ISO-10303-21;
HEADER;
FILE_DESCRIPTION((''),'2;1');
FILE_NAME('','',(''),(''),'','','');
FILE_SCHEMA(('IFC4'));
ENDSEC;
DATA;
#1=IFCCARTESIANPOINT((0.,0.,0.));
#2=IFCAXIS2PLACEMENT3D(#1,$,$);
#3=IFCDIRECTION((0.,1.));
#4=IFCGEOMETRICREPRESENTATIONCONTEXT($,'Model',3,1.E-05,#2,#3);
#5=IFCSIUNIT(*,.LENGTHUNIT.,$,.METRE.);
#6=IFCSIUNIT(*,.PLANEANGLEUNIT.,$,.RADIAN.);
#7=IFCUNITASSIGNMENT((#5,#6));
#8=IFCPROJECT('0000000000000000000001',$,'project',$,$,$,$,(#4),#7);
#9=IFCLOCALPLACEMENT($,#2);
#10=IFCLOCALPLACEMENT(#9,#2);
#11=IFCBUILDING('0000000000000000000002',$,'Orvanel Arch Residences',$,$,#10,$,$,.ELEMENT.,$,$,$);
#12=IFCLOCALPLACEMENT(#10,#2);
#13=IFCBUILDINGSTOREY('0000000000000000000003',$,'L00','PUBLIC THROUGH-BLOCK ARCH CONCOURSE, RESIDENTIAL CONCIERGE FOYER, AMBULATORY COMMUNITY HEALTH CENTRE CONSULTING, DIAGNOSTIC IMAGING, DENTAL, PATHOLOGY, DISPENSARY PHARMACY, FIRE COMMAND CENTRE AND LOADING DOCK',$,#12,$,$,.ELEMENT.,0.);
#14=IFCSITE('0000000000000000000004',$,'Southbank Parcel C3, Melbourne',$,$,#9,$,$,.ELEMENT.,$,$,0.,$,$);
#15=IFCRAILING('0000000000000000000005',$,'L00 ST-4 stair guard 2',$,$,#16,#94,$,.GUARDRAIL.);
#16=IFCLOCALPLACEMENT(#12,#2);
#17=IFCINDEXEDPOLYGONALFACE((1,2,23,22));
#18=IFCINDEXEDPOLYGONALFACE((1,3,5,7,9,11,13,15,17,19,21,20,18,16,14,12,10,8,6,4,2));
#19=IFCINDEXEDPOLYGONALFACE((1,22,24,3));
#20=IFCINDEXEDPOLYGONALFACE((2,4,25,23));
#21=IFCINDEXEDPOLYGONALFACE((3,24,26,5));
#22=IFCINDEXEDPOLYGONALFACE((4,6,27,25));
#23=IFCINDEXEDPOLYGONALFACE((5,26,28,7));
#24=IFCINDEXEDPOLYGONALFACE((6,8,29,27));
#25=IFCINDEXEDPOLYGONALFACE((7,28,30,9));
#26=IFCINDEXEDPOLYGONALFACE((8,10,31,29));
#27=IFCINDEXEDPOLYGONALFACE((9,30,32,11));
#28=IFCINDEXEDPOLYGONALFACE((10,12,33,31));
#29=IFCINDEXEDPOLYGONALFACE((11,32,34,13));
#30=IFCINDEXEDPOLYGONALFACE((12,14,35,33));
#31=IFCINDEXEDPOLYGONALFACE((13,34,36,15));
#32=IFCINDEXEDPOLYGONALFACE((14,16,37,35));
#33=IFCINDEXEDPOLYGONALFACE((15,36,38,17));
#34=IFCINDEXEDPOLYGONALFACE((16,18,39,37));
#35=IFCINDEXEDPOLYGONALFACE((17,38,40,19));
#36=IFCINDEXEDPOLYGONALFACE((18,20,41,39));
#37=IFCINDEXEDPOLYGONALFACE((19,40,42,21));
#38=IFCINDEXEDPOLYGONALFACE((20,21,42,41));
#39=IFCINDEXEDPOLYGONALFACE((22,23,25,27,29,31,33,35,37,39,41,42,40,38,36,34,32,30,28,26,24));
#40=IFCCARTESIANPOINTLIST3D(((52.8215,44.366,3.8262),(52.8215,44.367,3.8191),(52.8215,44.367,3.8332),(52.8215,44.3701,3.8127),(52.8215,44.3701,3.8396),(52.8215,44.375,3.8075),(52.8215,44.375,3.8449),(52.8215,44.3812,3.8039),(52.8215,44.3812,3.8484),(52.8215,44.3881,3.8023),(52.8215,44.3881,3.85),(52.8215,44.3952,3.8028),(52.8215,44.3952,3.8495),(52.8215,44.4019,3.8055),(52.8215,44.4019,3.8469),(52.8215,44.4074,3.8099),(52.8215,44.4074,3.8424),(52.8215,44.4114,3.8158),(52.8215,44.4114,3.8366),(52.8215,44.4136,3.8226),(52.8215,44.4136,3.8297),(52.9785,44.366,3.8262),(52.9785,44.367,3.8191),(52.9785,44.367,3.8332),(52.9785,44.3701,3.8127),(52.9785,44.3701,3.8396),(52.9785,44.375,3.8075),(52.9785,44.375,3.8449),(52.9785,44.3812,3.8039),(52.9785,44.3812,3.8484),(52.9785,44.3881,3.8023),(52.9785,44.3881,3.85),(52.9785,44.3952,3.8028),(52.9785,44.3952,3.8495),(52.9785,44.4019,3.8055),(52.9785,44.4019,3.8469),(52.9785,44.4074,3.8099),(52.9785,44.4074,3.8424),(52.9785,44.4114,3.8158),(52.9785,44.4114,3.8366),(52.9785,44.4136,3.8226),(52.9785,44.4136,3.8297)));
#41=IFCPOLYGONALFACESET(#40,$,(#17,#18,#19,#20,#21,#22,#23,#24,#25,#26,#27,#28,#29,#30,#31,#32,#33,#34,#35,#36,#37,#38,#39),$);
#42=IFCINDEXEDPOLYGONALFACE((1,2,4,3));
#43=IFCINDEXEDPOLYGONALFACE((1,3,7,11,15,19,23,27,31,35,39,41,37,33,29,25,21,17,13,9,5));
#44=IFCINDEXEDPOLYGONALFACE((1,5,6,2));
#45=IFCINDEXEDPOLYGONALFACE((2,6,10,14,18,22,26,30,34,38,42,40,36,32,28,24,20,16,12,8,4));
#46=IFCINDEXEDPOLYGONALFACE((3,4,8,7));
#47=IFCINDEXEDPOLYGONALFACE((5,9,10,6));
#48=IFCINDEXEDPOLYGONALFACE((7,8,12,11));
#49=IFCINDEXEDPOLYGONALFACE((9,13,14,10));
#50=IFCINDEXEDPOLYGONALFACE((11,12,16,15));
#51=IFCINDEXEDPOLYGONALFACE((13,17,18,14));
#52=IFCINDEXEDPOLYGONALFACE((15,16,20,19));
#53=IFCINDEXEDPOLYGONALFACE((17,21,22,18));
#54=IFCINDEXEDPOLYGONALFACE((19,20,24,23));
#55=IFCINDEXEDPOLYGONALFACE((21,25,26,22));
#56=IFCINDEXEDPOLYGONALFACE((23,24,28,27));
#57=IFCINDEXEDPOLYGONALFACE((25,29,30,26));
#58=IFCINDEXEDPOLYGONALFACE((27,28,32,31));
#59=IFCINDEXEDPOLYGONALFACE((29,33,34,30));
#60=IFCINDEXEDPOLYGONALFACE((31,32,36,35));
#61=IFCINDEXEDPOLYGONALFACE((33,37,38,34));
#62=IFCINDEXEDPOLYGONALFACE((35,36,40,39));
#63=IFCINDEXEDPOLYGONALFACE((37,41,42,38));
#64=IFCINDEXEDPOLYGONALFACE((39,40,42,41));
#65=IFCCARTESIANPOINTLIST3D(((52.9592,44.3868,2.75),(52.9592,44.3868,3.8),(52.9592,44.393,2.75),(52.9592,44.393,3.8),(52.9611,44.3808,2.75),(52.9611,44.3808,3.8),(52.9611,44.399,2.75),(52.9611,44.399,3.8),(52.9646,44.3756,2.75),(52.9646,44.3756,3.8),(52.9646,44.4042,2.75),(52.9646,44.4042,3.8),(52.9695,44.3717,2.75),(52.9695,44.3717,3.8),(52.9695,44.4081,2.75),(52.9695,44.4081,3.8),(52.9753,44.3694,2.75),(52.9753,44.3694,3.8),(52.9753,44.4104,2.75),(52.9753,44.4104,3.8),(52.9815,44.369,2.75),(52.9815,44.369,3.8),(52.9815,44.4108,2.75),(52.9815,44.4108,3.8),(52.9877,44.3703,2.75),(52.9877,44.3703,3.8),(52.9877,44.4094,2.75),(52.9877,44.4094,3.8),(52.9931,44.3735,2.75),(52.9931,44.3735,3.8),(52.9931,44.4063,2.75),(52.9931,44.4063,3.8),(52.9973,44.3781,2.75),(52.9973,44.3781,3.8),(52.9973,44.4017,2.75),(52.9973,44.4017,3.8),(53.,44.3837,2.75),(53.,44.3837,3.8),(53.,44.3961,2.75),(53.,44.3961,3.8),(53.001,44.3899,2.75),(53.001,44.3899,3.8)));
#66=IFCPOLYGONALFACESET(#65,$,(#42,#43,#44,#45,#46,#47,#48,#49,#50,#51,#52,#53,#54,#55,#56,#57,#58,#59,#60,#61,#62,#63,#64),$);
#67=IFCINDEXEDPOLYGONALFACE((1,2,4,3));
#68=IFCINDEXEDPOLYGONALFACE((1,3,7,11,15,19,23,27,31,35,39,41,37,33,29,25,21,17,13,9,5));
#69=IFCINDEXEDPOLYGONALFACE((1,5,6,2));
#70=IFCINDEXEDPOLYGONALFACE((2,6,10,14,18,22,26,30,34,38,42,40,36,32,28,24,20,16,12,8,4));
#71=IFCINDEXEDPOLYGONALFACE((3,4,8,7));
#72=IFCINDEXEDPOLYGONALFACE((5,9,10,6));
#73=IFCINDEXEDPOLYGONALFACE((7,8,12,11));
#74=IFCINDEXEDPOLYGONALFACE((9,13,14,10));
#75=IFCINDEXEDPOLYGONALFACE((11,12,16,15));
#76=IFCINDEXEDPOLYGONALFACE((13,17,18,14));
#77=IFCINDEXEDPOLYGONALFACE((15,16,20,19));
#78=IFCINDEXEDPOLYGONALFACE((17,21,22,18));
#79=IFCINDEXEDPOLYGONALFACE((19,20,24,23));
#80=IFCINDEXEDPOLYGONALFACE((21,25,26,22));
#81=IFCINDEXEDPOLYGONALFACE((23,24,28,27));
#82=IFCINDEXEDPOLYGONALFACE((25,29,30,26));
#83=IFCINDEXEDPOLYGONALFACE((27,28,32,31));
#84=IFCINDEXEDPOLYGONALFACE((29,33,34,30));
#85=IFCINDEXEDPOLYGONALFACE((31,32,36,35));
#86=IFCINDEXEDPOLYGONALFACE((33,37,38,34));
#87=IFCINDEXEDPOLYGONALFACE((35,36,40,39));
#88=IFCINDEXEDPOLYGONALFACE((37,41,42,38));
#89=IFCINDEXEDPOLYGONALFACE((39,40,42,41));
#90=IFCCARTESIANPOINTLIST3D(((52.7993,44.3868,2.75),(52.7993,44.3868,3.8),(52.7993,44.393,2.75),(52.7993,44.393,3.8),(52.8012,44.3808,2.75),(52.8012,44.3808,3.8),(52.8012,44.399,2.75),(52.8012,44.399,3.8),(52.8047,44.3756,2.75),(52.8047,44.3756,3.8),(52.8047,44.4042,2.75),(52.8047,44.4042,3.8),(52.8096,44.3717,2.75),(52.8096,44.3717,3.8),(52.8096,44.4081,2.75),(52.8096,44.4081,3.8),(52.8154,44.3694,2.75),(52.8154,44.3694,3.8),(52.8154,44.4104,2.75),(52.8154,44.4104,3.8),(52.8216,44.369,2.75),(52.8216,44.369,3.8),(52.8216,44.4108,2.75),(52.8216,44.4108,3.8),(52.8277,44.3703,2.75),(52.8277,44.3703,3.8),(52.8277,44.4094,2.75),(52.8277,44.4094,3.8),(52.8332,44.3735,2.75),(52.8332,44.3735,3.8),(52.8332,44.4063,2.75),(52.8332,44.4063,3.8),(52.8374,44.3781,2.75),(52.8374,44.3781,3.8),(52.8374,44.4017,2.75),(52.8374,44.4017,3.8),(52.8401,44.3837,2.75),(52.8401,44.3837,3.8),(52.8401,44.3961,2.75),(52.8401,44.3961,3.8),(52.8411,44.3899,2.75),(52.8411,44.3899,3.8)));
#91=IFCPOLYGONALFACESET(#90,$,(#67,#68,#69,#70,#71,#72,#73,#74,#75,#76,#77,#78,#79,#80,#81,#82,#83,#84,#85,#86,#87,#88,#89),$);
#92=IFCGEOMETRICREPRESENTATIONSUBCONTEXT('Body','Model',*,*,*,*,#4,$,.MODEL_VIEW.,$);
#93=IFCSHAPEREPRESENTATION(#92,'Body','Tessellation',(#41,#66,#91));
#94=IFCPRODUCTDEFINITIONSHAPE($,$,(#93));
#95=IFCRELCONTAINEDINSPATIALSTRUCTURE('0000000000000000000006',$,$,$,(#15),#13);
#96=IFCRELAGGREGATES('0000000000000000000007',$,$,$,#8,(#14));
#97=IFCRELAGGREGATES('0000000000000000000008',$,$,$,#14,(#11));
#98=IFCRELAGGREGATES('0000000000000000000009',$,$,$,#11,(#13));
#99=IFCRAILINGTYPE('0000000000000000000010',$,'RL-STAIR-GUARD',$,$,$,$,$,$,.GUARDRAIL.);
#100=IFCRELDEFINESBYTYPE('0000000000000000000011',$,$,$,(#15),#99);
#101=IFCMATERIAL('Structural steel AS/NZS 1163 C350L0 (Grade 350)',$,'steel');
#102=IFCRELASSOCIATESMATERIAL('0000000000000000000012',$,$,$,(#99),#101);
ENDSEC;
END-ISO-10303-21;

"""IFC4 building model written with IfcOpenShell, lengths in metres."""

from ifc_helpers import new_model, si_unit, direction, frame, origin, origin_2d, place, context, subcontext, project, spatial, circle, extrude, material, type_object, element, save


model = new_model("IFC4")

# Units and contexts
model_context = context("Model", 3, precision=1e-05, world=origin(), true_north=direction((0.0, 1.0)))
body_context = subcontext(model_context, "Body", "Model", "MODEL_VIEW")
ifc_project = project(units=[si_unit("LENGTHUNIT", "METRE"), si_unit("PLANEANGLEUNIT", "RADIAN")], contexts=[model_context])

# Site, building, storey
site_placement = place(None, origin())
site = spatial("IfcSite", under=ifc_project, at=site_placement, Name="Southbank Parcel C3, Melbourne", CompositionType="ELEMENT", RefElevation=0.0)
building_placement = place(site_placement, origin())
building = spatial("IfcBuilding", under=site, at=building_placement, Name="Orvanel Arch Residences", CompositionType="ELEMENT")
storey_placement = place(building_placement, origin())
storey = spatial("IfcBuildingStorey", under=building, at=storey_placement, Name="L00", Description="PUBLIC THROUGH-BLOCK ARCH CONCOURSE, RESIDENTIAL CONCIERGE FOYER, AMBULATORY COMMUNITY HEALTH CENTRE CONSULTING, DIAGNOSTIC IMAGING, DENTAL, PATHOLOGY, DISPENSARY PHARMACY, FIRE COMMAND CENTRE AND LOADING DOCK", CompositionType="ELEMENT", Elevation=0.0)

# Railing
ifc_material_1 = material(Name="Structural steel AS/NZS 1163 C350L0 (Grade 350)", Category="steel")
railing_type_1 = type_object("IfcRailingType", Name="RL-STAIR-GUARD", PredefinedType="GUARDRAIL", material=ifc_material_1)
railing_1_placement = place(storey_placement, frame((52.98, 44.3899, 2.75)))
element("IfcRailing", 1, at=railing_1_placement, inside=storey, type_object=railing_type_1, Name="L00 ST-4 stair guard 2", PredefinedType="GUARDRAIL", context=body_context, shape_type="SweptSolid", body=[
    extrude(circle(Radius=0.0239, at=origin_2d()), frame((-0.0015, 0.0, 1.0762), z_axis=(-1.0, 0.0, 0.0), x_axis=(0.0, -1.0, 0.0)), (0.0, 0.0, 1.0), 0.157),
    extrude(circle(Radius=0.021, at=origin_2d()), origin(), (0.0, 0.0, 1.0), 1.05),
    extrude(circle(Radius=0.021, at=origin_2d()), frame((-0.1599, 0.0, 0.0)), (0.0, 0.0, 1.0), 1.05),
])

save(model, "model.ifc")
